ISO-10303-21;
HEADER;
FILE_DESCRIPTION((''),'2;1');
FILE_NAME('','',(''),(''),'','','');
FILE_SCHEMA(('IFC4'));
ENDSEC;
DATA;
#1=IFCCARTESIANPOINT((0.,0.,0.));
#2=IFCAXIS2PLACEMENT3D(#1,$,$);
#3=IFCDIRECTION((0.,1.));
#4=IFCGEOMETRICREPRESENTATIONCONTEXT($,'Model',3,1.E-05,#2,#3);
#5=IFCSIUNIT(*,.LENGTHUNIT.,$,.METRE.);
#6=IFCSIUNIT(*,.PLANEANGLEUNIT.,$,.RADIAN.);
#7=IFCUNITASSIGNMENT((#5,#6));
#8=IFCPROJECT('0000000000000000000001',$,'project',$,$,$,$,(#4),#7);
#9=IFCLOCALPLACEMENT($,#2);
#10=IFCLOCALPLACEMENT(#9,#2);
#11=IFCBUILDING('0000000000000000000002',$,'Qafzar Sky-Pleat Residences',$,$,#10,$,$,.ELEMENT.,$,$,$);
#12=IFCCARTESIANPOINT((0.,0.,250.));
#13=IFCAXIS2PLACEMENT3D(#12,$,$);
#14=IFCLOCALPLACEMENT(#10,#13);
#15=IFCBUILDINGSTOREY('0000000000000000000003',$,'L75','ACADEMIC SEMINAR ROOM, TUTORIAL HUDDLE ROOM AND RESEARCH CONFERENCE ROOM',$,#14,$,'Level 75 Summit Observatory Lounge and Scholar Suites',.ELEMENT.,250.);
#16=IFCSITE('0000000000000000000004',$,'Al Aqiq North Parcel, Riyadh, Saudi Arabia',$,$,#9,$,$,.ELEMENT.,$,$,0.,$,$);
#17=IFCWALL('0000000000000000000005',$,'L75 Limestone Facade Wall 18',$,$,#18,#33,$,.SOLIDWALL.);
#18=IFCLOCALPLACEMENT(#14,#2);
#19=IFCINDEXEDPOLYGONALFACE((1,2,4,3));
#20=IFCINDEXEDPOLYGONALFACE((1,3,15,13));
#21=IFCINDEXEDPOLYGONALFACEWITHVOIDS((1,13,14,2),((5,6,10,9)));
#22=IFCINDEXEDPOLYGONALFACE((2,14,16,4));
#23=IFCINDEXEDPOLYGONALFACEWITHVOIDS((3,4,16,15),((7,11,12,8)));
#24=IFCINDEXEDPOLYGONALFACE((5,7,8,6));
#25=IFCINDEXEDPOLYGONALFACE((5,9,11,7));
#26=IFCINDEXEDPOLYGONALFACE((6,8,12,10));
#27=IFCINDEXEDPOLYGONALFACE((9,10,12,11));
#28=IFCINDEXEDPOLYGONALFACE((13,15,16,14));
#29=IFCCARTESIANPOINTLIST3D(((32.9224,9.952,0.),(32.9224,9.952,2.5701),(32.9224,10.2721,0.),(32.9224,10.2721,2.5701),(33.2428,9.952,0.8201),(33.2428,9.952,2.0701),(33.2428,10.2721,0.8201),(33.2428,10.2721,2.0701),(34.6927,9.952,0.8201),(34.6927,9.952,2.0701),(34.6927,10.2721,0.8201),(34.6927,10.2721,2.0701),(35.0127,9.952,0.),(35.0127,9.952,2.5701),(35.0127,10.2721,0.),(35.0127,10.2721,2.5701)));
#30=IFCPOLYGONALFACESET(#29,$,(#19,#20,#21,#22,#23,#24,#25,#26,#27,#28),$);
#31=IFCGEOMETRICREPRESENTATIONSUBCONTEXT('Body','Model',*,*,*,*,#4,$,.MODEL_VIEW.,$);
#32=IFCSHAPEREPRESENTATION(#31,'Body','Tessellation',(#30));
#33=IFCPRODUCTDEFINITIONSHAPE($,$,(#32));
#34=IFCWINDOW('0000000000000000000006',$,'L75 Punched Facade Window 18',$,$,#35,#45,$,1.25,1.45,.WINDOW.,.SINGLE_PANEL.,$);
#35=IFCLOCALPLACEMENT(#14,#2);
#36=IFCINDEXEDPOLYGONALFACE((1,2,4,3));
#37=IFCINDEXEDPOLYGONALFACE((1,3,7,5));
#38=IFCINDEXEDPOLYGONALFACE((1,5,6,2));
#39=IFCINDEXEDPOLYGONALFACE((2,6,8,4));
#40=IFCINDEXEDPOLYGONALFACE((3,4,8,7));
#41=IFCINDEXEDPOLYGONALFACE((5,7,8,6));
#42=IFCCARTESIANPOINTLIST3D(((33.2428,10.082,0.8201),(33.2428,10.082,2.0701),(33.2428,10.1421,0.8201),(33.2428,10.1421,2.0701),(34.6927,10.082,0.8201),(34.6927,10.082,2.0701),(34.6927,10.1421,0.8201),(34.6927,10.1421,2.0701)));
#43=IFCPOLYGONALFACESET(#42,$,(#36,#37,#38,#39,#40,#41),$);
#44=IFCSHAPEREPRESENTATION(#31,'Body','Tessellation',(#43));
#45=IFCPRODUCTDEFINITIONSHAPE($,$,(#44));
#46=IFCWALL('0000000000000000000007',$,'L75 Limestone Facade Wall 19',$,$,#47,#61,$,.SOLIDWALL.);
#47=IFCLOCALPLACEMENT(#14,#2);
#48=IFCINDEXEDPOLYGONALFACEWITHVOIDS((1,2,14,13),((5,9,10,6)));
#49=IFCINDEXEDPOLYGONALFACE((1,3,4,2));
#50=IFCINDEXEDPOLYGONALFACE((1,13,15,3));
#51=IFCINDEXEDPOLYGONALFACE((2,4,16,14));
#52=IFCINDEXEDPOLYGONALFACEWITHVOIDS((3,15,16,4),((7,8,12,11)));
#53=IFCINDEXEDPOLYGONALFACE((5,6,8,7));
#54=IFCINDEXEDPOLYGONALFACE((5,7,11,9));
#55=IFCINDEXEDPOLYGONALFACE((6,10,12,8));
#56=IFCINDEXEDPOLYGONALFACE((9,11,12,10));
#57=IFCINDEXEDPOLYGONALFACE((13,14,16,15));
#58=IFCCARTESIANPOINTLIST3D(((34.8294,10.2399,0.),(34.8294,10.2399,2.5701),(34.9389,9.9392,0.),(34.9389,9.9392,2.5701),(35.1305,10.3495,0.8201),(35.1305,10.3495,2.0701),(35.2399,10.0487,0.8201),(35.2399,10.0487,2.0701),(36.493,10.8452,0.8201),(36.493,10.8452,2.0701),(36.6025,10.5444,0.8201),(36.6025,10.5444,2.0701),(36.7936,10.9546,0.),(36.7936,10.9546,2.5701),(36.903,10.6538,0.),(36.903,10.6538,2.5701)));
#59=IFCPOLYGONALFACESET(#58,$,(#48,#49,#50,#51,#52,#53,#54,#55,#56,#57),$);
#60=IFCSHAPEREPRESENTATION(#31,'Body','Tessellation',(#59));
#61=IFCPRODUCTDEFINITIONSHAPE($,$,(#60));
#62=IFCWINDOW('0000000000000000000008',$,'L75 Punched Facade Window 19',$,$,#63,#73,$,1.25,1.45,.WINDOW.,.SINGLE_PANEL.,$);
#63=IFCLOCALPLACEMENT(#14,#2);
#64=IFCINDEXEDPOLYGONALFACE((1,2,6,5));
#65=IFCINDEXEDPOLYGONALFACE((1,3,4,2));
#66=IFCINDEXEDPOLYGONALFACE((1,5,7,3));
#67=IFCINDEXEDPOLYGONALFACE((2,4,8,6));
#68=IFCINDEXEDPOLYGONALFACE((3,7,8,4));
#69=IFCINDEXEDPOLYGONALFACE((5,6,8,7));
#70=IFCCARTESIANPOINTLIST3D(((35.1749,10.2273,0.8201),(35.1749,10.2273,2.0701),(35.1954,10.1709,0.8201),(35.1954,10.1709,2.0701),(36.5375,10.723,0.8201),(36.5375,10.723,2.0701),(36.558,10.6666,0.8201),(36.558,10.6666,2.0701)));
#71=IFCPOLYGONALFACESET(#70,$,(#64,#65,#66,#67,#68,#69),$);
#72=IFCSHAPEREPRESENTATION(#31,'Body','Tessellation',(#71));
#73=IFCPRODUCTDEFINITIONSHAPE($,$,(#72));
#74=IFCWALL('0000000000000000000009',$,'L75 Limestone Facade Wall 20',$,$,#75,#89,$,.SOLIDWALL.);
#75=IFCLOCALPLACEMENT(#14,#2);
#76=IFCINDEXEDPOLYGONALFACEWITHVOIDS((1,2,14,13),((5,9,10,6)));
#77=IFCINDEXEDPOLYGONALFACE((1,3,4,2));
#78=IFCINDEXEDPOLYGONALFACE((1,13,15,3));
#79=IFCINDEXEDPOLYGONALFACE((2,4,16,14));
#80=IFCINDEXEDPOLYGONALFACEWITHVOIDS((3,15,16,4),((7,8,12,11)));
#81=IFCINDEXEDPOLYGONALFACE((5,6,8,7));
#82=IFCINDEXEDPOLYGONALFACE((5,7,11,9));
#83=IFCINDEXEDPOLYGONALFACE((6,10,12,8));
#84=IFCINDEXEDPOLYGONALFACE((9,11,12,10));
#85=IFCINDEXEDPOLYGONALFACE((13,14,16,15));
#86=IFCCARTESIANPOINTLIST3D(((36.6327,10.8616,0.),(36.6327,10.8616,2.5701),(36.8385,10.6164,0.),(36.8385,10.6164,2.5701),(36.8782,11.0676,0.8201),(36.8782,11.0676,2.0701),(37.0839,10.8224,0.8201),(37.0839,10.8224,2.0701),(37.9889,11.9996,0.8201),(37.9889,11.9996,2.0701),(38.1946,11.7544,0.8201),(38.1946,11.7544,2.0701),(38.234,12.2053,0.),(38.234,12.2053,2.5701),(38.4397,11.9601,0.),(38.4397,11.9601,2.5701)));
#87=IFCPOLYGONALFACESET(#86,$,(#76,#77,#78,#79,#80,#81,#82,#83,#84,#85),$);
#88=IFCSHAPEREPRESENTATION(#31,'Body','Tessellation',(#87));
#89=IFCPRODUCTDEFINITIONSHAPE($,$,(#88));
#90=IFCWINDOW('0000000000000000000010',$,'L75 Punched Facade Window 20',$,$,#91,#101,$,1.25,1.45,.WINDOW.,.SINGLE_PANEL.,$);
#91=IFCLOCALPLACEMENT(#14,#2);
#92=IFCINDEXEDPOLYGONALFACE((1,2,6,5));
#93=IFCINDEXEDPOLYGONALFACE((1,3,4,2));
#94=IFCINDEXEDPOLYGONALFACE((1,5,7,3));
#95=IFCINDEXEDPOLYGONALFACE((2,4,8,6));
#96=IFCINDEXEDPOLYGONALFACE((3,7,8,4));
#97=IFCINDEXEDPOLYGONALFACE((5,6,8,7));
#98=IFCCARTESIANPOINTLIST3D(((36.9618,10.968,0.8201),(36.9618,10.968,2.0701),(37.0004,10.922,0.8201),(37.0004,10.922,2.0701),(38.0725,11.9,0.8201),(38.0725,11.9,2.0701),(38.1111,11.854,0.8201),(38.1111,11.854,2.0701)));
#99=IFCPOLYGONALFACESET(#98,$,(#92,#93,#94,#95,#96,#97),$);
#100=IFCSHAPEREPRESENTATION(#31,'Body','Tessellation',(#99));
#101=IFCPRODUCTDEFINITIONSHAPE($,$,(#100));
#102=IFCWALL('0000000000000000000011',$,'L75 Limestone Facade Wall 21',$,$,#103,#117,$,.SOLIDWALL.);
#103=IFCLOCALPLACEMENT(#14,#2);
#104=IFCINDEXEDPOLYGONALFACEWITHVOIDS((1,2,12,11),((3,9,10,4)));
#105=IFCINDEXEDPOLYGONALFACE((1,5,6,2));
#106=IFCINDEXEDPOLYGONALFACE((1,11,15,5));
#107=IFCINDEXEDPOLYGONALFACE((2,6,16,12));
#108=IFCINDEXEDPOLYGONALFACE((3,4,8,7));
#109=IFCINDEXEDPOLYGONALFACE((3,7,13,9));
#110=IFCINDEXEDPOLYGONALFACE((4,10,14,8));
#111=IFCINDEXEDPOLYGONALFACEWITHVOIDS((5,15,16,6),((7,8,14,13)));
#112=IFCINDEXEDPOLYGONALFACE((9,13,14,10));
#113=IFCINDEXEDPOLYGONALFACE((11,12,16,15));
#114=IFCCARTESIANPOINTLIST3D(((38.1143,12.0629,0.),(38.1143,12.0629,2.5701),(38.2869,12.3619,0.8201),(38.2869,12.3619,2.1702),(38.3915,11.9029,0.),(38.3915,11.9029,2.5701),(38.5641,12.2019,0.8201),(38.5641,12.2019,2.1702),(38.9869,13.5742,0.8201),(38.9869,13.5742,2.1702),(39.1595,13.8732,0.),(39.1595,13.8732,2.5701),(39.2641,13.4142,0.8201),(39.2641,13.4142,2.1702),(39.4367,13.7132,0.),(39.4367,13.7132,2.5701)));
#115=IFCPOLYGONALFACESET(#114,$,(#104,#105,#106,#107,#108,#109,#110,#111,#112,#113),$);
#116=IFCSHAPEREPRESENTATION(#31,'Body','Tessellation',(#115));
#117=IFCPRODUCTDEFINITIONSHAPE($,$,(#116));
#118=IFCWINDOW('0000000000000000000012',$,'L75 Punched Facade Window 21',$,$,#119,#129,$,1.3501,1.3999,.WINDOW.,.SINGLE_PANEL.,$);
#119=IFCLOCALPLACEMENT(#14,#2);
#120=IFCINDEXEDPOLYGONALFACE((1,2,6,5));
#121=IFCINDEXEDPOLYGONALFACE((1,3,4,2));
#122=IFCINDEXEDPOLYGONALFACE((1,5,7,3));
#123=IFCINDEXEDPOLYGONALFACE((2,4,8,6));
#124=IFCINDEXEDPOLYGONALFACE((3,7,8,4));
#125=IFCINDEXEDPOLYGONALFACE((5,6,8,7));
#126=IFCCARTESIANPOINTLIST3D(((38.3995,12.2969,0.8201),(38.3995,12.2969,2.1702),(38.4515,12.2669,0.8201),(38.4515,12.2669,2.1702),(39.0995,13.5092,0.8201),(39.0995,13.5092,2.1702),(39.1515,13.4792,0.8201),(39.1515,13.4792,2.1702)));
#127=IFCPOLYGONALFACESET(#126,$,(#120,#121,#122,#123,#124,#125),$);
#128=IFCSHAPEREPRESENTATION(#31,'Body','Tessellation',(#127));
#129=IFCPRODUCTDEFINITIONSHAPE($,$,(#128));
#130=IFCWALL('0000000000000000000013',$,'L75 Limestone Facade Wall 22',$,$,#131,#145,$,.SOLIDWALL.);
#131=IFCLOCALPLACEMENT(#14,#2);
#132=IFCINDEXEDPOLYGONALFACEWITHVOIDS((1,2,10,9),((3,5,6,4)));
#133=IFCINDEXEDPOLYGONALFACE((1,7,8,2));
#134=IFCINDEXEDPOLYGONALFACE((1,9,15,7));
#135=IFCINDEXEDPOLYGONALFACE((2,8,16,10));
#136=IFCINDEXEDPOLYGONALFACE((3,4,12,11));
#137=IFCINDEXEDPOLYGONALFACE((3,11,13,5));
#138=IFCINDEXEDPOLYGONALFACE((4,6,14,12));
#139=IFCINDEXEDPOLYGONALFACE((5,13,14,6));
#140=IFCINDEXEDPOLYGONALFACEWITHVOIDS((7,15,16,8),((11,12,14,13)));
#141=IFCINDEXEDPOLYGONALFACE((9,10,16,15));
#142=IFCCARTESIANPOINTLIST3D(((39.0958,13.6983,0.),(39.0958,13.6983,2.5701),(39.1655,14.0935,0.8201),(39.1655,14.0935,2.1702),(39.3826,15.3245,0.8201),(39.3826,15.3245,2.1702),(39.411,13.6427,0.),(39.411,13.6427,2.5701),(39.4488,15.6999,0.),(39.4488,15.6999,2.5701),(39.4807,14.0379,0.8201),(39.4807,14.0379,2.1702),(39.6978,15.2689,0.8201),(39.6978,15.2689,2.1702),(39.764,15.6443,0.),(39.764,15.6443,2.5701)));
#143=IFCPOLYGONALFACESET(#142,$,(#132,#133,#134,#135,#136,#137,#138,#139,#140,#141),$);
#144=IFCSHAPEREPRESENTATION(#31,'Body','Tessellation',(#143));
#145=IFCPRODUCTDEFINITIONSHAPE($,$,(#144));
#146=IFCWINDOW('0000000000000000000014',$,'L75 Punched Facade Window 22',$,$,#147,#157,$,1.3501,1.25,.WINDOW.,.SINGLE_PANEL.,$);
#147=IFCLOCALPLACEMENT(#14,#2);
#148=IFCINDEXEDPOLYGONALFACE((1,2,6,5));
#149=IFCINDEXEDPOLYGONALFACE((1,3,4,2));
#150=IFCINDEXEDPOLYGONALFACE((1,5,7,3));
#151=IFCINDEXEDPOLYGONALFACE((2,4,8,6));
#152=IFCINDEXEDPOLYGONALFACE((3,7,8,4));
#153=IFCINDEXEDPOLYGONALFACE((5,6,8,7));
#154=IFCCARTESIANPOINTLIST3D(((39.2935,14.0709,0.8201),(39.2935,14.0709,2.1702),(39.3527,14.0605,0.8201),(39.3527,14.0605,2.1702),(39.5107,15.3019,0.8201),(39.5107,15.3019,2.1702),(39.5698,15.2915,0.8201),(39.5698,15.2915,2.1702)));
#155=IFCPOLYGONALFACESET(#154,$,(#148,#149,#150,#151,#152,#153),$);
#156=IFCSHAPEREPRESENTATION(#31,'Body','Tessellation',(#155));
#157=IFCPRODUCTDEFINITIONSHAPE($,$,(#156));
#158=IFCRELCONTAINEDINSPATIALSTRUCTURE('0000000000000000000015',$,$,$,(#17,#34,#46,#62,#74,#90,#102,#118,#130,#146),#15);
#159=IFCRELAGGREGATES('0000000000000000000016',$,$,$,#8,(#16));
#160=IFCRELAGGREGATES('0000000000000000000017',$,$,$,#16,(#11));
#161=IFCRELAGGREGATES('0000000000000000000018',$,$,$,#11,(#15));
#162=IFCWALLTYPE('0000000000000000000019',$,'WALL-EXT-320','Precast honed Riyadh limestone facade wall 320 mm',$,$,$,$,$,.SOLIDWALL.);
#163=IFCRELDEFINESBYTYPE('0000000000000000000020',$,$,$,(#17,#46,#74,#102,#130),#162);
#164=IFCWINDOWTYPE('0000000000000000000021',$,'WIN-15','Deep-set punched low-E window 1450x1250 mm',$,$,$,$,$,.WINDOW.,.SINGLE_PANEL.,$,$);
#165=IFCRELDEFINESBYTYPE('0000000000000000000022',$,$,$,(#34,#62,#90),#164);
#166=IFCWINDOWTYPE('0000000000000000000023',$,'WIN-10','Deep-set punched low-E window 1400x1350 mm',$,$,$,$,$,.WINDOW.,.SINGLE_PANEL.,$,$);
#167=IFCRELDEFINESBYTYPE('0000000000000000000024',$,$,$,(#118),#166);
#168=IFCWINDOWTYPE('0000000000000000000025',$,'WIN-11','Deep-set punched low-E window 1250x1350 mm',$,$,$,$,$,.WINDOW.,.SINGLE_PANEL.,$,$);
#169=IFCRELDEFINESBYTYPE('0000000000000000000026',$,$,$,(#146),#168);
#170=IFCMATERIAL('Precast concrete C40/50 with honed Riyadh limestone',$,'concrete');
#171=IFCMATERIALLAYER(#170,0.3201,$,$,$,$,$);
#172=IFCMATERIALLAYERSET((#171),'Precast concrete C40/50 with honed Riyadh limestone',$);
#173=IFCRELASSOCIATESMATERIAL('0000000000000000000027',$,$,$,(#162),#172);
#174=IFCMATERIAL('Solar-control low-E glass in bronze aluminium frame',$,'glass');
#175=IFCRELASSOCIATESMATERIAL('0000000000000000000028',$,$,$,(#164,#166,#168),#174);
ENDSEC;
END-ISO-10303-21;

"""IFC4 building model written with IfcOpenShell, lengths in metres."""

from ifc_helpers import new_model, si_unit, direction, frame, frame_2d, origin, place, context, subcontext, project, spatial, rectangle, extrude, source, transform, mapped, material, layer, layer_set, type_object, element, fill, save


model = new_model("IFC4")

# Units and contexts
model_context = context("Model", 3, precision=1e-05, world=origin(), true_north=direction((0.0, 1.0)))
body_context = subcontext(model_context, "Body", "Model", "MODEL_VIEW")
ifc_project = project(units=[si_unit("LENGTHUNIT", "METRE"), si_unit("PLANEANGLEUNIT", "RADIAN")], contexts=[model_context])

# Site, building, storey
site_placement = place(None, origin())
site = spatial("IfcSite", under=ifc_project, at=site_placement, Name="Al Aqiq North Parcel, Riyadh, Saudi Arabia", CompositionType="ELEMENT", RefElevation=0.0)
building_placement = place(site_placement, origin())
building = spatial("IfcBuilding", under=site, at=building_placement, Name="Qafzar Sky-Pleat Residences", CompositionType="ELEMENT")
storey_placement = place(building_placement, frame((0.0, 0.0, 250.0)))
storey = spatial("IfcBuildingStorey", under=building, at=storey_placement, Name="L75", Description="ACADEMIC SEMINAR ROOM, TUTORIAL HUDDLE ROOM AND RESEARCH CONFERENCE ROOM", LongName="Level 75 Summit Observatory Lounge and Scholar Suites", CompositionType="ELEMENT", Elevation=250.0)

# Walls, openings, windows
ifc_material_1 = material(Name="Precast concrete C40/50 with honed Riyadh limestone", Category="concrete")
ifc_layer_1 = layer(ifc_material_1, 0.3201)
ifc_layer_set_1 = layer_set([ifc_layer_1], Name="Precast concrete C40/50 with honed Riyadh limestone")
wall_type_1 = type_object("IfcWallType", Name="WALL-EXT-320", Description="Precast honed Riyadh limestone facade wall 320 mm", PredefinedType="SOLIDWALL", material=ifc_layer_set_1)
wall_1_placement = place(storey_placement, frame((32.9224, 10.1121, 0.0), z_axis=(0.0, 0.0, 1.0), x_axis=(1.0, 0.0, 0.0)))
wall_1 = element("IfcWall", 1, at=wall_1_placement, inside=storey, type_object=wall_type_1, Name="L75 Limestone Facade Wall 18", PredefinedType="SOLIDWALL", context=body_context, shape_type="SweptSolid", body=[
    extrude(rectangle(XDim=2.0903, YDim=0.3201, at=frame_2d((1.0452, 0.0))), origin(), (0.0, 0.0, 1.0), 2.5701),
])
opening_1_placement = place(wall_1_placement, frame((0.3203, 0.0, 0.8201)))
opening_1 = element("IfcOpeningElement", 2, at=opening_1_placement, cuts=wall_1, PredefinedType="OPENING", context=body_context, shape_type="SweptSolid", body=[
    extrude(rectangle(XDim=1.45, YDim=1.25, at=frame_2d((0.7251, 0.625))), frame((0.0, 0.1699, 0.0), z_axis=(0.0, -1.0, 0.0), x_axis=(1.0, 0.0, 0.0)), (0.0, 0.0, 1.0), 0.3401),
])
ifc_material_2 = material(Name="Solar-control low-E glass in bronze aluminium frame", Category="glass")
window_type_1 = type_object("IfcWindowType", Name="WIN-15", Description="Deep-set punched low-E window 1450x1250 mm", PartitioningType="SINGLE_PANEL", PredefinedType="WINDOW", material=ifc_material_2)
shared_shape_1 = source(origin(), body_context, "Body", "SweptSolid", [
    extrude(rectangle(XDim=1.45, YDim=1.25, at=frame_2d((0.7251, 0.625))), frame((0.0, 0.03, 0.0), z_axis=(0.0, -1.0, 0.0), x_axis=(1.0, 0.0, 0.0)), (0.0, 0.0, 1.0), 0.0601),
])
window_1_placement = place(opening_1_placement, origin())
window_1 = element("IfcWindow", 3, at=window_1_placement, inside=storey, type_object=window_type_1, Name="L75 Punched Facade Window 18", OverallHeight=1.25, OverallWidth=1.45, PartitioningType="SINGLE_PANEL", PredefinedType="WINDOW", context=body_context, shape_type="MappedRepresentation", body=[
    mapped(shared_shape_1, transform((0.0, 0.0, 0.0), x_axis=(1.0, 0.0, 0.0), y_axis=(0.0, 1.0, 0.0), z_axis=(0.0, 0.0, 1.0), scale=1.0)),
])
fill(opening_1, window_1)
wall_2_placement = place(storey_placement, frame((34.8843, 10.0896, 0.0), z_axis=(0.0, 0.0, 1.0), x_axis=(0.939735, 0.341902, 0.0)))
wall_2 = element("IfcWall", 4, at=wall_2_placement, inside=storey, type_object=wall_type_1, Name="L75 Limestone Facade Wall 19", PredefinedType="SOLIDWALL", context=body_context, shape_type="SweptSolid", body=[
    extrude(rectangle(XDim=2.0901, YDim=0.3201, at=frame_2d((1.0449, 0.0))), origin(), (0.0, 0.0, 1.0), 2.5701),
])
opening_2_placement = place(wall_2_placement, frame((0.3201, 0.0, 0.8201)))
opening_2 = element("IfcOpeningElement", 5, at=opening_2_placement, cuts=wall_2, PredefinedType="OPENING", context=body_context, shape_type="SweptSolid", body=[
    extrude(rectangle(XDim=1.45, YDim=1.25, at=frame_2d((0.7251, 0.625))), frame((0.0, 0.1699, 0.0), z_axis=(0.0, -1.0, 0.0), x_axis=(1.0, 0.0, 0.0)), (0.0, 0.0, 1.0), 0.3401),
])
window_2_placement = place(opening_2_placement, origin())
window_2 = element("IfcWindow", 6, at=window_2_placement, inside=storey, type_object=window_type_1, Name="L75 Punched Facade Window 19", OverallHeight=1.25, OverallWidth=1.45, PartitioningType="SINGLE_PANEL", PredefinedType="WINDOW", context=body_context, shape_type="MappedRepresentation", body=[
    mapped(shared_shape_1, transform((0.0, 0.0, 0.0), x_axis=(1.0, 0.0, 0.0), y_axis=(0.0, 1.0, 0.0), z_axis=(0.0, 0.0, 1.0), scale=1.0)),
])
fill(opening_2, window_2)
wall_3_placement = place(storey_placement, frame((36.7356, 10.739, 0.0), z_axis=(0.0, 0.0, 1.0), x_axis=(0.766025, 0.642811, 0.0)))
wall_3 = element("IfcWall", 7, at=wall_3_placement, inside=storey, type_object=wall_type_1, Name="L75 Limestone Facade Wall 20", PredefinedType="SOLIDWALL", context=body_context, shape_type="SweptSolid", body=[
    extrude(rectangle(XDim=2.0903, YDim=0.3201, at=frame_2d((1.0452, 0.0))), origin(), (0.0, 0.0, 1.0), 2.5701),
])
opening_3_placement = place(wall_3_placement, frame((0.3203, 0.0, 0.8201)))
opening_3 = element("IfcOpeningElement", 8, at=opening_3_placement, cuts=wall_3, PredefinedType="OPENING", context=body_context, shape_type="SweptSolid", body=[
    extrude(rectangle(XDim=1.45, YDim=1.25, at=frame_2d((0.7251, 0.625))), frame((0.0, 0.1699, 0.0), z_axis=(0.0, -1.0, 0.0), x_axis=(1.0, 0.0, 0.0)), (0.0, 0.0, 1.0), 0.3401),
])
window_3_placement = place(opening_3_placement, origin())
window_3 = element("IfcWindow", 9, at=window_3_placement, inside=storey, type_object=window_type_1, Name="L75 Punched Facade Window 20", OverallHeight=1.25, OverallWidth=1.45, PartitioningType="SINGLE_PANEL", PredefinedType="WINDOW", context=body_context, shape_type="MappedRepresentation", body=[
    mapped(shared_shape_1, transform((0.0, 0.0, 0.0), x_axis=(1.0, 0.0, 0.0), y_axis=(0.0, 1.0, 0.0), z_axis=(0.0, 0.0, 1.0), scale=1.0)),
])
fill(opening_3, window_3)
wall_4_placement = place(storey_placement, frame((38.2529, 11.9829, 0.0), z_axis=(0.0, 0.0, 1.0), x_axis=(0.499995, 0.866028, 0.0)))
wall_4 = element("IfcWall", 10, at=wall_4_placement, inside=storey, type_object=wall_type_1, Name="L75 Limestone Facade Wall 21", PredefinedType="SOLIDWALL", context=body_context, shape_type="SweptSolid", body=[
    extrude(rectangle(XDim=2.0903, YDim=0.3201, at=frame_2d((1.0452, 0.0))), origin(), (0.0, 0.0, 1.0), 2.5701),
])
opening_4_placement = place(wall_4_placement, frame((0.3452, 0.0, 0.8201)))
opening_4 = element("IfcOpeningElement", 11, at=opening_4_placement, cuts=wall_4, PredefinedType="OPENING", context=body_context, shape_type="SweptSolid", body=[
    extrude(rectangle(XDim=1.3999, YDim=1.3501, at=frame_2d((0.7, 0.675))), frame((0.0, 0.1699, 0.0), z_axis=(0.0, -1.0, 0.0), x_axis=(1.0, 0.0, 0.0)), (0.0, 0.0, 1.0), 0.3401),
])
window_type_2 = type_object("IfcWindowType", Name="WIN-10", Description="Deep-set punched low-E window 1400x1350 mm", PartitioningType="SINGLE_PANEL", PredefinedType="WINDOW", material=ifc_material_2)
shared_shape_2 = source(origin(), body_context, "Body", "SweptSolid", [
    extrude(rectangle(XDim=1.3999, YDim=1.3501, at=frame_2d((0.7, 0.675))), frame((0.0, 0.03, 0.0), z_axis=(0.0, -1.0, 0.0), x_axis=(1.0, 0.0, 0.0)), (0.0, 0.0, 1.0), 0.0601),
])
window_4_placement = place(opening_4_placement, origin())
window_4 = element("IfcWindow", 12, at=window_4_placement, inside=storey, type_object=window_type_2, Name="L75 Punched Facade Window 21", OverallHeight=1.3501, OverallWidth=1.3999, PartitioningType="SINGLE_PANEL", PredefinedType="WINDOW", context=body_context, shape_type="MappedRepresentation", body=[
    mapped(shared_shape_2, transform((0.0, 0.0, 0.0), x_axis=(1.0, 0.0, 0.0), y_axis=(0.0, 1.0, 0.0), z_axis=(0.0, 0.0, 1.0), scale=1.0)),
])
fill(opening_4, window_4)
wall_5_placement = place(storey_placement, frame((39.2534, 13.6707, 0.0), z_axis=(0.0, 0.0, 1.0), x_axis=(0.173703, 0.984798, 0.0)))
wall_5 = element("IfcWall", 13, at=wall_5_placement, inside=storey, type_object=wall_type_1, Name="L75 Limestone Facade Wall 22", PredefinedType="SOLIDWALL", context=body_context, shape_type="SweptSolid", body=[
    extrude(rectangle(XDim=2.0325, YDim=0.3201, at=frame_2d((1.0161, 0.0))), origin(), (0.0, 0.0, 1.0), 2.5701),
])
opening_5_placement = place(wall_5_placement, frame((0.4011, 0.0, 0.8201)))
opening_5 = element("IfcOpeningElement", 14, at=opening_5_placement, cuts=wall_5, PredefinedType="OPENING", context=body_context, shape_type="SweptSolid", body=[
    extrude(rectangle(XDim=1.25, YDim=1.3501, at=frame_2d((0.625, 0.675))), frame((0.0, 0.1699, 0.0), z_axis=(0.0, -1.0, 0.0), x_axis=(1.0, 0.0, 0.0)), (0.0, 0.0, 1.0), 0.3401),
])
window_type_3 = type_object("IfcWindowType", Name="WIN-11", Description="Deep-set punched low-E window 1250x1350 mm", PartitioningType="SINGLE_PANEL", PredefinedType="WINDOW", material=ifc_material_2)
shared_shape_3 = source(origin(), body_context, "Body", "SweptSolid", [
    extrude(rectangle(XDim=1.25, YDim=1.3501, at=frame_2d((0.625, 0.675))), frame((0.0, 0.03, 0.0), z_axis=(0.0, -1.0, 0.0), x_axis=(1.0, 0.0, 0.0)), (0.0, 0.0, 1.0), 0.0601),
])
window_5_placement = place(opening_5_placement, origin())
window_5 = element("IfcWindow", 15, at=window_5_placement, inside=storey, type_object=window_type_3, Name="L75 Punched Facade Window 22", OverallHeight=1.3501, OverallWidth=1.25, PartitioningType="SINGLE_PANEL", PredefinedType="WINDOW", context=body_context, shape_type="MappedRepresentation", body=[
    mapped(shared_shape_3, transform((0.0, 0.0, 0.0), x_axis=(1.0, 0.0, 0.0), y_axis=(0.0, 1.0, 0.0), z_axis=(0.0, 0.0, 1.0), scale=1.0)),
])
fill(opening_5, window_5)

save(model, "model.ifc")
